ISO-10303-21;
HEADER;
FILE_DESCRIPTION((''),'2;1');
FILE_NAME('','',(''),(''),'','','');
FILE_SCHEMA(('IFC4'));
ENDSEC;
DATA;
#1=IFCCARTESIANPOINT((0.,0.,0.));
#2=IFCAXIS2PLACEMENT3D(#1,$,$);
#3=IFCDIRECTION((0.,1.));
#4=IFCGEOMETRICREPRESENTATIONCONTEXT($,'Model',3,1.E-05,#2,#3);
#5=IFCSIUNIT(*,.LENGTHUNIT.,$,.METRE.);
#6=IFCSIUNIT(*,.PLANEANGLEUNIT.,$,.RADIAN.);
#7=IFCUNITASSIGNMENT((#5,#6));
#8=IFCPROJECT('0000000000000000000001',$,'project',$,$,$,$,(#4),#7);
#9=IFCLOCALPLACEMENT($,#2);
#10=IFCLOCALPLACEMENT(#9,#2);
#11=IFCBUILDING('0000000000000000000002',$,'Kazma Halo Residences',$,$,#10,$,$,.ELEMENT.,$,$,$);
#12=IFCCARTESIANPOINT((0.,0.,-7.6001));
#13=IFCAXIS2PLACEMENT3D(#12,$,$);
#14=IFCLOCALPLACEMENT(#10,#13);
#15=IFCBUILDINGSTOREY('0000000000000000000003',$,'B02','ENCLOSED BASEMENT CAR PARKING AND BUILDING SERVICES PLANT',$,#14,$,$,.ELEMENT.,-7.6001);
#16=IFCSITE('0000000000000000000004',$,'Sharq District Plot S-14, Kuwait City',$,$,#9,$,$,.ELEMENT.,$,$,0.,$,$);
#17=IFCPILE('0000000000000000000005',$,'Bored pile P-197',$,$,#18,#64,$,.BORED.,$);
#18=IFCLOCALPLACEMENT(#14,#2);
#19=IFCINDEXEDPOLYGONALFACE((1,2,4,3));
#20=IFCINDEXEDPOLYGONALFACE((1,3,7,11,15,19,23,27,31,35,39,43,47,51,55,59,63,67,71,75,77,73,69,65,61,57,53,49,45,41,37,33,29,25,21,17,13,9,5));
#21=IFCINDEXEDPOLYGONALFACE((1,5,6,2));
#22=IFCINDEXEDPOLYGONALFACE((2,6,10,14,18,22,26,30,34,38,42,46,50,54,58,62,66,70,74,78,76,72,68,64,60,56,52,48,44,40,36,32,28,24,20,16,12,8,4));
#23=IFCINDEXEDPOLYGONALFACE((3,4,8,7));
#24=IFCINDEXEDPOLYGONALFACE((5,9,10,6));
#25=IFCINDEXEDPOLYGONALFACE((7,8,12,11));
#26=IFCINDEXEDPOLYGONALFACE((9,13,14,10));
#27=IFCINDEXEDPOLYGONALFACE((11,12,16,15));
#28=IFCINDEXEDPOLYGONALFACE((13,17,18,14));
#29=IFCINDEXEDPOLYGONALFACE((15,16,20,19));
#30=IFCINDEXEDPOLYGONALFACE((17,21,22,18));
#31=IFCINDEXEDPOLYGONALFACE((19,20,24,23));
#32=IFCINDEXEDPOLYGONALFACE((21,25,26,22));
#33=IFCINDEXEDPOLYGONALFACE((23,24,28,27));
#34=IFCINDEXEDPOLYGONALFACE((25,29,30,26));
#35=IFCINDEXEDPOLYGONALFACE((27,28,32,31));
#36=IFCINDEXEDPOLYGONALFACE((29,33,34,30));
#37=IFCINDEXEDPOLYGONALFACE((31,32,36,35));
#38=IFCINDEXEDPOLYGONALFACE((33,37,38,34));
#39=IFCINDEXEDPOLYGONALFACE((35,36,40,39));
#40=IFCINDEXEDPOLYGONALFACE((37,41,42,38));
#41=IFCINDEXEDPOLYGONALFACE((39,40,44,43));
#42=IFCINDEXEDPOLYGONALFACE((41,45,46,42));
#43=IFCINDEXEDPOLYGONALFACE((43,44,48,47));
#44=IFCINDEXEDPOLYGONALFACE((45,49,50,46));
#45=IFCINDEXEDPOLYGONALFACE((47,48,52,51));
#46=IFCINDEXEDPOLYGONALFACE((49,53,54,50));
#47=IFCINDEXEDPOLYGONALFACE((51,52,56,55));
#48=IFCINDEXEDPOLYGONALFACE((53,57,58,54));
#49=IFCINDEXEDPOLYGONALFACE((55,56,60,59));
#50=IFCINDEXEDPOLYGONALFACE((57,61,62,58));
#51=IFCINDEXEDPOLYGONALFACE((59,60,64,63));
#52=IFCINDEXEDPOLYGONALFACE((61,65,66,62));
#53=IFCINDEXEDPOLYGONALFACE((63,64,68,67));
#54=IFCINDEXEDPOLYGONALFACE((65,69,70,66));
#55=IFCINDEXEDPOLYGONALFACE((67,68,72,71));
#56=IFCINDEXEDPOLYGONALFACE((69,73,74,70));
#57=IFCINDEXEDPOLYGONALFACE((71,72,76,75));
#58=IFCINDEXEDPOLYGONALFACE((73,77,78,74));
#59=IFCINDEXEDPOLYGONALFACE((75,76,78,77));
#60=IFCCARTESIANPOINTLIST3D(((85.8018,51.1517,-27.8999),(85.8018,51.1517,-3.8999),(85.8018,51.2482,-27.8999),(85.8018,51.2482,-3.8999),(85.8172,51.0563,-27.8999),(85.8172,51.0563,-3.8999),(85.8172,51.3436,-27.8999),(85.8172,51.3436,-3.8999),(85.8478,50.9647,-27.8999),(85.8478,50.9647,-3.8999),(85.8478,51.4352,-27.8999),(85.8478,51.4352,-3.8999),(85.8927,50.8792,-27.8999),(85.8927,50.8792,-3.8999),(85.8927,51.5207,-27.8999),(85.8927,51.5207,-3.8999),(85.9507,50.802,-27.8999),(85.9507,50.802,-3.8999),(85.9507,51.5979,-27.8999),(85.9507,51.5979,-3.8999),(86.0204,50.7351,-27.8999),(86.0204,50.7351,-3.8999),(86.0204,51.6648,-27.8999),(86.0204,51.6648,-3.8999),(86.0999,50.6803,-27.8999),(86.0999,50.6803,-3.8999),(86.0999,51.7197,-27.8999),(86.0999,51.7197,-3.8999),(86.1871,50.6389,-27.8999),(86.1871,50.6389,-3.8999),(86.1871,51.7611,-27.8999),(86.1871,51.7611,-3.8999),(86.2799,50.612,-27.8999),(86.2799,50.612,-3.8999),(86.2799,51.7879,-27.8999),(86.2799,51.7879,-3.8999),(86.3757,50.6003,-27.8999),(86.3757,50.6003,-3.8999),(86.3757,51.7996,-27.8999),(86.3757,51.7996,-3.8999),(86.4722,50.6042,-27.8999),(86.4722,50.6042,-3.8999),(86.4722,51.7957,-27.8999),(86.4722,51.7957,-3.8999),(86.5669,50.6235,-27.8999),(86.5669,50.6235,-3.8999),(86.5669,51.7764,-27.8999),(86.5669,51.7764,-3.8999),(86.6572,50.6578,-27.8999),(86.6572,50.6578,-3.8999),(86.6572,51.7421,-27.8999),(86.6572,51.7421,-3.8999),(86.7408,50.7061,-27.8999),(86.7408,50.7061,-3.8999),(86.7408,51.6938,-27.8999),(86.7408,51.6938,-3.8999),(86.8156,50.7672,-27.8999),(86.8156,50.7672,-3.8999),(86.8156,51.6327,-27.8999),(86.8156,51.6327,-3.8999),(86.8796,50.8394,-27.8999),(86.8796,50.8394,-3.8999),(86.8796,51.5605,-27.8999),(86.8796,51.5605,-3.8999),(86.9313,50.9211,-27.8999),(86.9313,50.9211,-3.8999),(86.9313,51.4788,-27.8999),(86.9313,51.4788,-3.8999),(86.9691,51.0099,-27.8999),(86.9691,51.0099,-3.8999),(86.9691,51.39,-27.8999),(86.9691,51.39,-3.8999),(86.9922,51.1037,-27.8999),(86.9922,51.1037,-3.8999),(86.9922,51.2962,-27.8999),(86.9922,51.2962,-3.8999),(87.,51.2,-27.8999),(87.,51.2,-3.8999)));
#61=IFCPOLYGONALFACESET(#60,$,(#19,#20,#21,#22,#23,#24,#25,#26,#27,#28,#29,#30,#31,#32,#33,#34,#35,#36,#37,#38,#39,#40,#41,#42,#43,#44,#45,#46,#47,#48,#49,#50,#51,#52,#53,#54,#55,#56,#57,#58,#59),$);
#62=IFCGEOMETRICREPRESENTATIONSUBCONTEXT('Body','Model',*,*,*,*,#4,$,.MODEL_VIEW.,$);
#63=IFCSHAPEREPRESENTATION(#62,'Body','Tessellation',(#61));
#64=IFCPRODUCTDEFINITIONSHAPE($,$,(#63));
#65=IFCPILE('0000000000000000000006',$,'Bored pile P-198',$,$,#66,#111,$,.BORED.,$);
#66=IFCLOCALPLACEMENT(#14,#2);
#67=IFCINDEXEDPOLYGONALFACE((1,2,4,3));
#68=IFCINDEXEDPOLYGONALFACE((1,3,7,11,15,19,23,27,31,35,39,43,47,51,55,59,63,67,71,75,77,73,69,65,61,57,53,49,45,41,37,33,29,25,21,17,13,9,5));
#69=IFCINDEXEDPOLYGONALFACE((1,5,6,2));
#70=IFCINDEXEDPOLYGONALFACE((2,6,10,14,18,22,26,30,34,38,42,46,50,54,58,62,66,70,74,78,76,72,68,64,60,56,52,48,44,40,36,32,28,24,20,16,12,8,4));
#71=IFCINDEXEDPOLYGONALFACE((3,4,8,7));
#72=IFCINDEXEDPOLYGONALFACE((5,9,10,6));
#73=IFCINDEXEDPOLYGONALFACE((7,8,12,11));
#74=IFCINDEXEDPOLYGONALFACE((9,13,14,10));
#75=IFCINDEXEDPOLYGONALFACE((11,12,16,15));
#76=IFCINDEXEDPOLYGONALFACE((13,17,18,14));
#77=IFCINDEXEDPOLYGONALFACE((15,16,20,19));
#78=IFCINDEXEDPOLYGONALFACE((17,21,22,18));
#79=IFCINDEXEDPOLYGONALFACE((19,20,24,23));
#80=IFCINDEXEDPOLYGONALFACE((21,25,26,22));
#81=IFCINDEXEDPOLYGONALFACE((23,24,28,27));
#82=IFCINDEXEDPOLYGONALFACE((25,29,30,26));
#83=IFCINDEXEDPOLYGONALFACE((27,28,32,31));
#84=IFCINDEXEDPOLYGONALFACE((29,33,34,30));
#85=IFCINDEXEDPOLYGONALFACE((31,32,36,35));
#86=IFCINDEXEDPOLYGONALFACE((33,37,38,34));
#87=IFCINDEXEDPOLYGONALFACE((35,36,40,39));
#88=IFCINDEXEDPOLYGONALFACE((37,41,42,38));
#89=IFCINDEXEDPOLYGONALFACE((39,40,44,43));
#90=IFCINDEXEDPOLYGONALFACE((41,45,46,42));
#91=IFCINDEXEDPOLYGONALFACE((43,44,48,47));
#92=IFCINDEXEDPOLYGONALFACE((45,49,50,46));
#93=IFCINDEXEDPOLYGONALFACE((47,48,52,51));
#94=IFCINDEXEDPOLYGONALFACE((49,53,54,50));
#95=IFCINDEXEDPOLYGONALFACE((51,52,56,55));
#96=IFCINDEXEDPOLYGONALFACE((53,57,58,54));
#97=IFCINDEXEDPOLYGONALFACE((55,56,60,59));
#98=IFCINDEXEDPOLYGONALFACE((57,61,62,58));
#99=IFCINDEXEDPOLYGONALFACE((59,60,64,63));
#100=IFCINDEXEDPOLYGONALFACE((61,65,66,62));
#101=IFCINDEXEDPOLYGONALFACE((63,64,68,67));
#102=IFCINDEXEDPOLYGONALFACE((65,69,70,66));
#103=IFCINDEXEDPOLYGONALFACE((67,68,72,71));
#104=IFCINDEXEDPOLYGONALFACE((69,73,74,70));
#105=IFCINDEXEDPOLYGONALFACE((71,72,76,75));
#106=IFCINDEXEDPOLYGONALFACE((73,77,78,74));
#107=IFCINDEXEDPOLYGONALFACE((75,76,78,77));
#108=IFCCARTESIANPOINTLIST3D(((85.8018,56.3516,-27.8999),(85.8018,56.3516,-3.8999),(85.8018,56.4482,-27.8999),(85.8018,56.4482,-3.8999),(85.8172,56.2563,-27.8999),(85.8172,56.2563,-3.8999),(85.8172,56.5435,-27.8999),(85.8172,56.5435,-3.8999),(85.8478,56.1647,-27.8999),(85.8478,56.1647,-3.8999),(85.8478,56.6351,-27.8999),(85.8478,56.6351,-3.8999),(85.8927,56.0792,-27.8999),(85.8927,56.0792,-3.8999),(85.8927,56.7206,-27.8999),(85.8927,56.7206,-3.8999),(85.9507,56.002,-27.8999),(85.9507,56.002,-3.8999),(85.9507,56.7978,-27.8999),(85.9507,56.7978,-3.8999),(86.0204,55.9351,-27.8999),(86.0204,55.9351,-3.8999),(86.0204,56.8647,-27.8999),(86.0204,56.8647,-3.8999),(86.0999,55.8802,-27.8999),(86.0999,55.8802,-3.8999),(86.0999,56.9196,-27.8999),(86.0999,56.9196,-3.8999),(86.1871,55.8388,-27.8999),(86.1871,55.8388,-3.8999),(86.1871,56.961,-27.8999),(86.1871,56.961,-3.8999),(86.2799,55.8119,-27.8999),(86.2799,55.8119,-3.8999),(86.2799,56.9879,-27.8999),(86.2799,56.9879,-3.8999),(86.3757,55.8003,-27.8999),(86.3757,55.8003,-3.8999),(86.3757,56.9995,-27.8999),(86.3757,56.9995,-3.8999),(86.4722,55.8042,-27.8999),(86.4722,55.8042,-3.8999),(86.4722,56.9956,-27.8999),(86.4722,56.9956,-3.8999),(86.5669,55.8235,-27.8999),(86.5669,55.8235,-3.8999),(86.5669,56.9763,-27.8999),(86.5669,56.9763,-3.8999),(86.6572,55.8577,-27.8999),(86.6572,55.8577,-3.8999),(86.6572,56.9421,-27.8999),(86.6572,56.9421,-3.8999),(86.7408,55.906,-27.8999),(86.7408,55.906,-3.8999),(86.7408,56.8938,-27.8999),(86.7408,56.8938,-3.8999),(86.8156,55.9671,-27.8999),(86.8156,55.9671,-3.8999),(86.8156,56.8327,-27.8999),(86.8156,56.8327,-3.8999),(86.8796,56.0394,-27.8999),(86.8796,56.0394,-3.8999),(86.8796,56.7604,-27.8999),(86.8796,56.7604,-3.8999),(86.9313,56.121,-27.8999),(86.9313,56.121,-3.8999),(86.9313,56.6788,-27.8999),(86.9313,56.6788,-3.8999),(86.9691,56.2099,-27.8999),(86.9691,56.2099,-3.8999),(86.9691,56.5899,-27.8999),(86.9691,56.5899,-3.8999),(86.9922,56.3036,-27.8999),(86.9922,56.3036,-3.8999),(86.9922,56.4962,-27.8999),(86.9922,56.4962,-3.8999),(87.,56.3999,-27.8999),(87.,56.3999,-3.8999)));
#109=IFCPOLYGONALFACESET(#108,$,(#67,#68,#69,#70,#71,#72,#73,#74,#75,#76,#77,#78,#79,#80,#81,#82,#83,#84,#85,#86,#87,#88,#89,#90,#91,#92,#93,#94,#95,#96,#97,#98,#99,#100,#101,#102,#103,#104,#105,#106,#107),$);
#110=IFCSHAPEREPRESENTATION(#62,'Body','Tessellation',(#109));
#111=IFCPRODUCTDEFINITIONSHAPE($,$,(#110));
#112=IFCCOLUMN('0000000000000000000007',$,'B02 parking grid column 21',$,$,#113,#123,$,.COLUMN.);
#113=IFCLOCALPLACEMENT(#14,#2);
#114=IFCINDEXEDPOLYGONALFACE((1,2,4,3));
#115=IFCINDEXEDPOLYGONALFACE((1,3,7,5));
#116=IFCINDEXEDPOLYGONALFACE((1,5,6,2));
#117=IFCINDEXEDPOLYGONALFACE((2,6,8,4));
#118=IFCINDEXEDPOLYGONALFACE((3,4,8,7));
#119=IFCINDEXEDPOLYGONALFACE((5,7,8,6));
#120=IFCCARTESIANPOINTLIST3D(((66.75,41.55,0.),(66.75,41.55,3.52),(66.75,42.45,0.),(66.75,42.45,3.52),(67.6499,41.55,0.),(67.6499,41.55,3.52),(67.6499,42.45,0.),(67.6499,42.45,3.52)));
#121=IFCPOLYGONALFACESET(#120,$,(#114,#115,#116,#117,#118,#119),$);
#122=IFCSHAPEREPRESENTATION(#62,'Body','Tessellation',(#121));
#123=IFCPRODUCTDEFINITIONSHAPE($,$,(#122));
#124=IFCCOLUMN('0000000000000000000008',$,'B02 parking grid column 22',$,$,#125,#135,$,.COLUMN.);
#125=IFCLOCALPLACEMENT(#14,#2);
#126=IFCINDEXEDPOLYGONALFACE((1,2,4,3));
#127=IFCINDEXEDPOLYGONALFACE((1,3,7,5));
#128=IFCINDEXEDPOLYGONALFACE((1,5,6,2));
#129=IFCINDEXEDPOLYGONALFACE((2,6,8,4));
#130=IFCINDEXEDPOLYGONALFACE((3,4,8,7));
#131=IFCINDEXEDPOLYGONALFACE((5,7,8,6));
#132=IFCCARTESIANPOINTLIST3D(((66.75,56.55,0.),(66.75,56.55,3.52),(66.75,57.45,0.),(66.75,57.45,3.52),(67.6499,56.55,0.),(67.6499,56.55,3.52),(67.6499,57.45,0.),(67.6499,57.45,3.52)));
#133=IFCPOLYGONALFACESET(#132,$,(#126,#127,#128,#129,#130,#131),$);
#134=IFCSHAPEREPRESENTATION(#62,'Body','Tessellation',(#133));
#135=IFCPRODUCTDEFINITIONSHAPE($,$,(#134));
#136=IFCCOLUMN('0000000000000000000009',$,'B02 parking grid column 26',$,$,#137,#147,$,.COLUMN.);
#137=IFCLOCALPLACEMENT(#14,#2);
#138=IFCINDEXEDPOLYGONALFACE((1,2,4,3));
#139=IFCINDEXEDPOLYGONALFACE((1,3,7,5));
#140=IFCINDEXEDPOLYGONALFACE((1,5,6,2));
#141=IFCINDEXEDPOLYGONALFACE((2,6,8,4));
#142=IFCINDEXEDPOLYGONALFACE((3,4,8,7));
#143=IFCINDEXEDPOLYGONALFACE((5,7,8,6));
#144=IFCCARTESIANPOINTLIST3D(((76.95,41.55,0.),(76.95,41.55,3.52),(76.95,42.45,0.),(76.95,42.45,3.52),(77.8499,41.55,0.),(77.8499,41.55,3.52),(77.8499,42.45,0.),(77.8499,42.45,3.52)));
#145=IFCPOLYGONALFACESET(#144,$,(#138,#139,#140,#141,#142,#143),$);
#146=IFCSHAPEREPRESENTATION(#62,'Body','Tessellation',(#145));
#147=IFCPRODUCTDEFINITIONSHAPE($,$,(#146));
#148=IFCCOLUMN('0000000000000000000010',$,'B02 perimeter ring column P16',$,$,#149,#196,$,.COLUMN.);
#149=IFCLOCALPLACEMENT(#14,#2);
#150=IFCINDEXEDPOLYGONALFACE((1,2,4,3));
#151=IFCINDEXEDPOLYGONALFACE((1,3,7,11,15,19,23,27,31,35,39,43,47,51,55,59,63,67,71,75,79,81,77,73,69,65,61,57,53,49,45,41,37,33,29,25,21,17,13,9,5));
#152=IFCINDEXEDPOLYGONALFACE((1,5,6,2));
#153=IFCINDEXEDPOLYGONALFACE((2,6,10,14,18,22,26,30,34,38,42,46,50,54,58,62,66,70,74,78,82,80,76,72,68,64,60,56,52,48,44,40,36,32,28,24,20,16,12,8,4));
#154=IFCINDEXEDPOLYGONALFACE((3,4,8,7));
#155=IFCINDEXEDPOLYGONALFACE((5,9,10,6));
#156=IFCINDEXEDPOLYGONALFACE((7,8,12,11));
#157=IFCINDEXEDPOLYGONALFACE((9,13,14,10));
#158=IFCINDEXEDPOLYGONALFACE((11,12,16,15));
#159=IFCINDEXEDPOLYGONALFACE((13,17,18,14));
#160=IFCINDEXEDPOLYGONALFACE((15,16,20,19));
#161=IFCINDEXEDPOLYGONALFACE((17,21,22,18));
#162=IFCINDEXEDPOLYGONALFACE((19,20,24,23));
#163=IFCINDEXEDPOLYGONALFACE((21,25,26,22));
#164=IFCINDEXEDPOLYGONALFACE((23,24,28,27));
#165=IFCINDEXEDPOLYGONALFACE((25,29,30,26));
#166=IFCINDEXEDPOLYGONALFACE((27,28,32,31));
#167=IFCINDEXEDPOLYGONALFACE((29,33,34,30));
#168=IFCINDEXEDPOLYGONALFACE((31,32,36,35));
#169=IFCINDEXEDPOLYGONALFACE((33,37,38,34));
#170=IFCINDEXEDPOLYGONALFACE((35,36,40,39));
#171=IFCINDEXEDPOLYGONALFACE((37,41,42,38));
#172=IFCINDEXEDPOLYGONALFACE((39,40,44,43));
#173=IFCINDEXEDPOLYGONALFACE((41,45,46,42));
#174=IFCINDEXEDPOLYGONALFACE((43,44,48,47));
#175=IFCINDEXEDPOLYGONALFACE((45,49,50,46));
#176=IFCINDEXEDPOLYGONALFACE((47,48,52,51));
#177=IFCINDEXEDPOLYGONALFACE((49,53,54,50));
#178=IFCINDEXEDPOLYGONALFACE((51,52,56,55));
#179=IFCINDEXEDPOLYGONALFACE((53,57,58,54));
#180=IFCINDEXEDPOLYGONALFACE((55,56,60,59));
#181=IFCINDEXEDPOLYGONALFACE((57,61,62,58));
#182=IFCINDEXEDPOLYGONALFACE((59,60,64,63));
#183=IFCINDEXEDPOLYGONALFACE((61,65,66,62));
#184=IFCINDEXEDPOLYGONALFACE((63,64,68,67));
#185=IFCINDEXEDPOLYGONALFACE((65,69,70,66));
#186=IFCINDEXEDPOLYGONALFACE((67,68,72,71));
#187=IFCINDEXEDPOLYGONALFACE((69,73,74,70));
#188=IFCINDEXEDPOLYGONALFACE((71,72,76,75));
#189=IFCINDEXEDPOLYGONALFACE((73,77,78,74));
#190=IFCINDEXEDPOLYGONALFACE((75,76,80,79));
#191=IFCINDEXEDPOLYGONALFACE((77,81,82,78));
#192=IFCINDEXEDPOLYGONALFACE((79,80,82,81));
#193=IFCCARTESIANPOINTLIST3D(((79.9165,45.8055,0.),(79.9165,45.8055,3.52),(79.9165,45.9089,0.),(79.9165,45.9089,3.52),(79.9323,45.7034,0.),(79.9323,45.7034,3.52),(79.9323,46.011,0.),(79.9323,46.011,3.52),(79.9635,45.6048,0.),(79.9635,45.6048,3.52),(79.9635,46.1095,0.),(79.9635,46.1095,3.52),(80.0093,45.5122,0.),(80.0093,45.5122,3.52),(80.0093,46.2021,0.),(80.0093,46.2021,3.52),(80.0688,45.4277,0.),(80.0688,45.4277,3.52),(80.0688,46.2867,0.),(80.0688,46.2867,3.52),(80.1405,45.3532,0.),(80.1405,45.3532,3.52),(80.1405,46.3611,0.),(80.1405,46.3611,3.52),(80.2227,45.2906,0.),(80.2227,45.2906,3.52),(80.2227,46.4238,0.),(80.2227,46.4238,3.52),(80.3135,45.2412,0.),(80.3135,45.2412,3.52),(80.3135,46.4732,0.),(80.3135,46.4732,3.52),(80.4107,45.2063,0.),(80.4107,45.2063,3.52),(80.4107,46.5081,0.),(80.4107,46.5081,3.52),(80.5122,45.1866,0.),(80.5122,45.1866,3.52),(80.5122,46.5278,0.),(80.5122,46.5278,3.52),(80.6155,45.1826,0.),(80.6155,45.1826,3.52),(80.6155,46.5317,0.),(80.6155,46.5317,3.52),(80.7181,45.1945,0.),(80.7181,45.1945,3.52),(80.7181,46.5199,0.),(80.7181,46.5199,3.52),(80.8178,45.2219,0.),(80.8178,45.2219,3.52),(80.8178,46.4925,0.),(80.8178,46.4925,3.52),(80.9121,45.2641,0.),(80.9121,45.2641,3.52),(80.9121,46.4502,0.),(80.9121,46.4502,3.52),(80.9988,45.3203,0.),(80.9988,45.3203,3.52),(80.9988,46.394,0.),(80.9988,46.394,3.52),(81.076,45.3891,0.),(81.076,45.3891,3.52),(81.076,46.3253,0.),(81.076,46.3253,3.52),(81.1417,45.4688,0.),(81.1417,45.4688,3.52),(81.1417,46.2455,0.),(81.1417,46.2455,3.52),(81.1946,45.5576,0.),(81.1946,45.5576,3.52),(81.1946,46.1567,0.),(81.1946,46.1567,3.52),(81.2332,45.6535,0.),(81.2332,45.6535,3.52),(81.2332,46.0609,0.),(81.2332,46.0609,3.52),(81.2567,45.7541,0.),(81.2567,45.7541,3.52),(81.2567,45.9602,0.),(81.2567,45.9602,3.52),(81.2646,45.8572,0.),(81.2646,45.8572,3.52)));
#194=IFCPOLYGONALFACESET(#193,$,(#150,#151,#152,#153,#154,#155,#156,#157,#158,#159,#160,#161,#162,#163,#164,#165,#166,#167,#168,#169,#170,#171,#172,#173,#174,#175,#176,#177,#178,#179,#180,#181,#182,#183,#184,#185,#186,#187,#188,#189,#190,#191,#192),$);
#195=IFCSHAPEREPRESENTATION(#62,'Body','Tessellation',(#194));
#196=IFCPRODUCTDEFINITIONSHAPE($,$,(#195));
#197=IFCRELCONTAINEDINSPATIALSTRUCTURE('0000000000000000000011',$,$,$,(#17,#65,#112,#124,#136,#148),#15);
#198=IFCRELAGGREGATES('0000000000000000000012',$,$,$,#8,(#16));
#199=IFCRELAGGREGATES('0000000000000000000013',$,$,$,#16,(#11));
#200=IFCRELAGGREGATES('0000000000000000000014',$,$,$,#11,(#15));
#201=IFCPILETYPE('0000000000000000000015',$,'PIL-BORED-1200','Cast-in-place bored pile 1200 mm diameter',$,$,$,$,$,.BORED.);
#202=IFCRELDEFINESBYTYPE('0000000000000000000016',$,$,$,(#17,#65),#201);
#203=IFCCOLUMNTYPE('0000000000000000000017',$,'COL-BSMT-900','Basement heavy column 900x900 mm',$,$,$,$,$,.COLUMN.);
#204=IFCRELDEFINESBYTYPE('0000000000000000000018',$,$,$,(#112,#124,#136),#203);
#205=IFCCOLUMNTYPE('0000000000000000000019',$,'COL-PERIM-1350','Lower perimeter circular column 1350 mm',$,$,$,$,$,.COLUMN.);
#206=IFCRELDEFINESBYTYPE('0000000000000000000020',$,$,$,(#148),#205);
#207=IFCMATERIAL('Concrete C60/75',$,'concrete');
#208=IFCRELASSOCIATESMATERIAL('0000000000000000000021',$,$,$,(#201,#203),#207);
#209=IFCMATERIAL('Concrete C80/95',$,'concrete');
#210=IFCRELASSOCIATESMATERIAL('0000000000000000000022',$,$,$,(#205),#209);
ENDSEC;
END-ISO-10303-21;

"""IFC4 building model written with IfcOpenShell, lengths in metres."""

from ifc_helpers import new_model, si_unit, direction, frame, origin, origin_2d, place, context, subcontext, project, spatial, rectangle, circle, extrude, material, material_profile, profile_set, type_object, element, save


model = new_model("IFC4")

# Units and contexts
model_context = context("Model", 3, precision=1e-05, world=origin(), true_north=direction((0.0, 1.0)))
body_context = subcontext(model_context, "Body", "Model", "MODEL_VIEW")
ifc_project = project(units=[si_unit("LENGTHUNIT", "METRE"), si_unit("PLANEANGLEUNIT", "RADIAN")], contexts=[model_context])

# Site, building, storey
site_placement = place(None, origin())
site = spatial("IfcSite", under=ifc_project, at=site_placement, Name="Sharq District Plot S-14, Kuwait City", CompositionType="ELEMENT", RefElevation=0.0)
building_placement = place(site_placement, origin())
building = spatial("IfcBuilding", under=site, at=building_placement, Name="Kazma Halo Residences", CompositionType="ELEMENT")
storey_placement = place(building_placement, frame((0.0, 0.0, -7.6001)))
storey = spatial("IfcBuildingStorey", under=building, at=storey_placement, Name="B02", Description="ENCLOSED BASEMENT CAR PARKING AND BUILDING SERVICES PLANT", CompositionType="ELEMENT", Elevation=-7.6001)

# Piles
ifc_material_1 = material(Name="Concrete C60/75", Category="concrete")
ifc_material_profile_1 = material_profile(ifc_material_1, circle(Radius=0.6001, at=origin_2d()), Name="CIRC1200")
ifc_profile_set_1 = profile_set([ifc_material_profile_1], Name="Concrete C60/75")
pile_type = type_object("IfcPileType", Name="PIL-BORED-1200", Description="Cast-in-place bored pile 1200 mm diameter", PredefinedType="BORED", material=ifc_profile_set_1)
for number, where, z_axis, x_axis, name in (
    (1, (86.3999, 51.2, -3.8999), (0.0, 0.0, -1.0), (1.0, 0.0, 0.0), "Bored pile P-197"),
    (2, (86.3999, 56.3999, -3.8999), (0.0, 0.0, -1.0), (1.0, 0.0, 0.0), "Bored pile P-198"),
):
    element("IfcPile", number, at=place(storey_placement, frame(where, z_axis=z_axis, x_axis=x_axis)), inside=storey, type_object=pile_type, Name=name, PredefinedType="BORED", context=body_context, shape_type="SweptSolid", body=[
        extrude(circle(Radius=0.6001, at=origin_2d()), origin(), (0.0, 0.0, 1.0), 24.0),
    ])

# Columns
ifc_material_profile_2 = material_profile(ifc_material_1, rectangle(XDim=0.8999, YDim=0.8999, at=origin_2d()), Name="RECT900x900")
ifc_profile_set_2 = profile_set([ifc_material_profile_2], Name="Concrete C60/75")
column_type_1 = type_object("IfcColumnType", Name="COL-BSMT-900", Description="Basement heavy column 900x900 mm", PredefinedType="COLUMN", material=ifc_profile_set_2)
for number, where, z_axis, x_axis, name in (
    (3, (67.2, 42.0, 0.0), (0.0, 0.0, 1.0), (1.0, 0.0, 0.0), "B02 parking grid column 21"),
    (4, (67.2, 57.0, 0.0), (0.0, 0.0, 1.0), (1.0, 0.0, 0.0), "B02 parking grid column 22"),
    (5, (77.3999, 42.0, 0.0), (0.0, 0.0, 1.0), (1.0, 0.0, 0.0), "B02 parking grid column 26"),
):
    element("IfcColumn", number, at=place(storey_placement, frame(where, z_axis=z_axis, x_axis=x_axis)), inside=storey, type_object=column_type_1, Name=name, PredefinedType="COLUMN", context=body_context, shape_type="SweptSolid", body=[
        extrude(rectangle(XDim=0.8999, YDim=0.8999, at=origin_2d()), origin(), (0.0, 0.0, 1.0), 3.52),
    ])
ifc_material_2 = material(Name="Concrete C80/95", Category="concrete")
ifc_material_profile_3 = material_profile(ifc_material_2, circle(Radius=0.675, at=origin_2d()), Name="CIRC1350")
ifc_profile_set_3 = profile_set([ifc_material_profile_3], Name="Concrete C80/95")
column_type_2 = type_object("IfcColumnType", Name="COL-PERIM-1350", Description="Lower perimeter circular column 1350 mm", PredefinedType="COLUMN", material=ifc_profile_set_3)
column_placement = place(storey_placement, frame((80.5896, 45.8572, 0.0), z_axis=(0.0, 0.0, 1.0), x_axis=(1.0, 0.0, 0.0)))
element("IfcColumn", 6, at=column_placement, inside=storey, type_object=column_type_2, Name="B02 perimeter ring column P16", PredefinedType="COLUMN", context=body_context, shape_type="SweptSolid", body=[
    extrude(circle(Radius=0.675, at=origin_2d()), origin(), (0.0, 0.0, 1.0), 3.52),
])

save(model, "model.ifc")
